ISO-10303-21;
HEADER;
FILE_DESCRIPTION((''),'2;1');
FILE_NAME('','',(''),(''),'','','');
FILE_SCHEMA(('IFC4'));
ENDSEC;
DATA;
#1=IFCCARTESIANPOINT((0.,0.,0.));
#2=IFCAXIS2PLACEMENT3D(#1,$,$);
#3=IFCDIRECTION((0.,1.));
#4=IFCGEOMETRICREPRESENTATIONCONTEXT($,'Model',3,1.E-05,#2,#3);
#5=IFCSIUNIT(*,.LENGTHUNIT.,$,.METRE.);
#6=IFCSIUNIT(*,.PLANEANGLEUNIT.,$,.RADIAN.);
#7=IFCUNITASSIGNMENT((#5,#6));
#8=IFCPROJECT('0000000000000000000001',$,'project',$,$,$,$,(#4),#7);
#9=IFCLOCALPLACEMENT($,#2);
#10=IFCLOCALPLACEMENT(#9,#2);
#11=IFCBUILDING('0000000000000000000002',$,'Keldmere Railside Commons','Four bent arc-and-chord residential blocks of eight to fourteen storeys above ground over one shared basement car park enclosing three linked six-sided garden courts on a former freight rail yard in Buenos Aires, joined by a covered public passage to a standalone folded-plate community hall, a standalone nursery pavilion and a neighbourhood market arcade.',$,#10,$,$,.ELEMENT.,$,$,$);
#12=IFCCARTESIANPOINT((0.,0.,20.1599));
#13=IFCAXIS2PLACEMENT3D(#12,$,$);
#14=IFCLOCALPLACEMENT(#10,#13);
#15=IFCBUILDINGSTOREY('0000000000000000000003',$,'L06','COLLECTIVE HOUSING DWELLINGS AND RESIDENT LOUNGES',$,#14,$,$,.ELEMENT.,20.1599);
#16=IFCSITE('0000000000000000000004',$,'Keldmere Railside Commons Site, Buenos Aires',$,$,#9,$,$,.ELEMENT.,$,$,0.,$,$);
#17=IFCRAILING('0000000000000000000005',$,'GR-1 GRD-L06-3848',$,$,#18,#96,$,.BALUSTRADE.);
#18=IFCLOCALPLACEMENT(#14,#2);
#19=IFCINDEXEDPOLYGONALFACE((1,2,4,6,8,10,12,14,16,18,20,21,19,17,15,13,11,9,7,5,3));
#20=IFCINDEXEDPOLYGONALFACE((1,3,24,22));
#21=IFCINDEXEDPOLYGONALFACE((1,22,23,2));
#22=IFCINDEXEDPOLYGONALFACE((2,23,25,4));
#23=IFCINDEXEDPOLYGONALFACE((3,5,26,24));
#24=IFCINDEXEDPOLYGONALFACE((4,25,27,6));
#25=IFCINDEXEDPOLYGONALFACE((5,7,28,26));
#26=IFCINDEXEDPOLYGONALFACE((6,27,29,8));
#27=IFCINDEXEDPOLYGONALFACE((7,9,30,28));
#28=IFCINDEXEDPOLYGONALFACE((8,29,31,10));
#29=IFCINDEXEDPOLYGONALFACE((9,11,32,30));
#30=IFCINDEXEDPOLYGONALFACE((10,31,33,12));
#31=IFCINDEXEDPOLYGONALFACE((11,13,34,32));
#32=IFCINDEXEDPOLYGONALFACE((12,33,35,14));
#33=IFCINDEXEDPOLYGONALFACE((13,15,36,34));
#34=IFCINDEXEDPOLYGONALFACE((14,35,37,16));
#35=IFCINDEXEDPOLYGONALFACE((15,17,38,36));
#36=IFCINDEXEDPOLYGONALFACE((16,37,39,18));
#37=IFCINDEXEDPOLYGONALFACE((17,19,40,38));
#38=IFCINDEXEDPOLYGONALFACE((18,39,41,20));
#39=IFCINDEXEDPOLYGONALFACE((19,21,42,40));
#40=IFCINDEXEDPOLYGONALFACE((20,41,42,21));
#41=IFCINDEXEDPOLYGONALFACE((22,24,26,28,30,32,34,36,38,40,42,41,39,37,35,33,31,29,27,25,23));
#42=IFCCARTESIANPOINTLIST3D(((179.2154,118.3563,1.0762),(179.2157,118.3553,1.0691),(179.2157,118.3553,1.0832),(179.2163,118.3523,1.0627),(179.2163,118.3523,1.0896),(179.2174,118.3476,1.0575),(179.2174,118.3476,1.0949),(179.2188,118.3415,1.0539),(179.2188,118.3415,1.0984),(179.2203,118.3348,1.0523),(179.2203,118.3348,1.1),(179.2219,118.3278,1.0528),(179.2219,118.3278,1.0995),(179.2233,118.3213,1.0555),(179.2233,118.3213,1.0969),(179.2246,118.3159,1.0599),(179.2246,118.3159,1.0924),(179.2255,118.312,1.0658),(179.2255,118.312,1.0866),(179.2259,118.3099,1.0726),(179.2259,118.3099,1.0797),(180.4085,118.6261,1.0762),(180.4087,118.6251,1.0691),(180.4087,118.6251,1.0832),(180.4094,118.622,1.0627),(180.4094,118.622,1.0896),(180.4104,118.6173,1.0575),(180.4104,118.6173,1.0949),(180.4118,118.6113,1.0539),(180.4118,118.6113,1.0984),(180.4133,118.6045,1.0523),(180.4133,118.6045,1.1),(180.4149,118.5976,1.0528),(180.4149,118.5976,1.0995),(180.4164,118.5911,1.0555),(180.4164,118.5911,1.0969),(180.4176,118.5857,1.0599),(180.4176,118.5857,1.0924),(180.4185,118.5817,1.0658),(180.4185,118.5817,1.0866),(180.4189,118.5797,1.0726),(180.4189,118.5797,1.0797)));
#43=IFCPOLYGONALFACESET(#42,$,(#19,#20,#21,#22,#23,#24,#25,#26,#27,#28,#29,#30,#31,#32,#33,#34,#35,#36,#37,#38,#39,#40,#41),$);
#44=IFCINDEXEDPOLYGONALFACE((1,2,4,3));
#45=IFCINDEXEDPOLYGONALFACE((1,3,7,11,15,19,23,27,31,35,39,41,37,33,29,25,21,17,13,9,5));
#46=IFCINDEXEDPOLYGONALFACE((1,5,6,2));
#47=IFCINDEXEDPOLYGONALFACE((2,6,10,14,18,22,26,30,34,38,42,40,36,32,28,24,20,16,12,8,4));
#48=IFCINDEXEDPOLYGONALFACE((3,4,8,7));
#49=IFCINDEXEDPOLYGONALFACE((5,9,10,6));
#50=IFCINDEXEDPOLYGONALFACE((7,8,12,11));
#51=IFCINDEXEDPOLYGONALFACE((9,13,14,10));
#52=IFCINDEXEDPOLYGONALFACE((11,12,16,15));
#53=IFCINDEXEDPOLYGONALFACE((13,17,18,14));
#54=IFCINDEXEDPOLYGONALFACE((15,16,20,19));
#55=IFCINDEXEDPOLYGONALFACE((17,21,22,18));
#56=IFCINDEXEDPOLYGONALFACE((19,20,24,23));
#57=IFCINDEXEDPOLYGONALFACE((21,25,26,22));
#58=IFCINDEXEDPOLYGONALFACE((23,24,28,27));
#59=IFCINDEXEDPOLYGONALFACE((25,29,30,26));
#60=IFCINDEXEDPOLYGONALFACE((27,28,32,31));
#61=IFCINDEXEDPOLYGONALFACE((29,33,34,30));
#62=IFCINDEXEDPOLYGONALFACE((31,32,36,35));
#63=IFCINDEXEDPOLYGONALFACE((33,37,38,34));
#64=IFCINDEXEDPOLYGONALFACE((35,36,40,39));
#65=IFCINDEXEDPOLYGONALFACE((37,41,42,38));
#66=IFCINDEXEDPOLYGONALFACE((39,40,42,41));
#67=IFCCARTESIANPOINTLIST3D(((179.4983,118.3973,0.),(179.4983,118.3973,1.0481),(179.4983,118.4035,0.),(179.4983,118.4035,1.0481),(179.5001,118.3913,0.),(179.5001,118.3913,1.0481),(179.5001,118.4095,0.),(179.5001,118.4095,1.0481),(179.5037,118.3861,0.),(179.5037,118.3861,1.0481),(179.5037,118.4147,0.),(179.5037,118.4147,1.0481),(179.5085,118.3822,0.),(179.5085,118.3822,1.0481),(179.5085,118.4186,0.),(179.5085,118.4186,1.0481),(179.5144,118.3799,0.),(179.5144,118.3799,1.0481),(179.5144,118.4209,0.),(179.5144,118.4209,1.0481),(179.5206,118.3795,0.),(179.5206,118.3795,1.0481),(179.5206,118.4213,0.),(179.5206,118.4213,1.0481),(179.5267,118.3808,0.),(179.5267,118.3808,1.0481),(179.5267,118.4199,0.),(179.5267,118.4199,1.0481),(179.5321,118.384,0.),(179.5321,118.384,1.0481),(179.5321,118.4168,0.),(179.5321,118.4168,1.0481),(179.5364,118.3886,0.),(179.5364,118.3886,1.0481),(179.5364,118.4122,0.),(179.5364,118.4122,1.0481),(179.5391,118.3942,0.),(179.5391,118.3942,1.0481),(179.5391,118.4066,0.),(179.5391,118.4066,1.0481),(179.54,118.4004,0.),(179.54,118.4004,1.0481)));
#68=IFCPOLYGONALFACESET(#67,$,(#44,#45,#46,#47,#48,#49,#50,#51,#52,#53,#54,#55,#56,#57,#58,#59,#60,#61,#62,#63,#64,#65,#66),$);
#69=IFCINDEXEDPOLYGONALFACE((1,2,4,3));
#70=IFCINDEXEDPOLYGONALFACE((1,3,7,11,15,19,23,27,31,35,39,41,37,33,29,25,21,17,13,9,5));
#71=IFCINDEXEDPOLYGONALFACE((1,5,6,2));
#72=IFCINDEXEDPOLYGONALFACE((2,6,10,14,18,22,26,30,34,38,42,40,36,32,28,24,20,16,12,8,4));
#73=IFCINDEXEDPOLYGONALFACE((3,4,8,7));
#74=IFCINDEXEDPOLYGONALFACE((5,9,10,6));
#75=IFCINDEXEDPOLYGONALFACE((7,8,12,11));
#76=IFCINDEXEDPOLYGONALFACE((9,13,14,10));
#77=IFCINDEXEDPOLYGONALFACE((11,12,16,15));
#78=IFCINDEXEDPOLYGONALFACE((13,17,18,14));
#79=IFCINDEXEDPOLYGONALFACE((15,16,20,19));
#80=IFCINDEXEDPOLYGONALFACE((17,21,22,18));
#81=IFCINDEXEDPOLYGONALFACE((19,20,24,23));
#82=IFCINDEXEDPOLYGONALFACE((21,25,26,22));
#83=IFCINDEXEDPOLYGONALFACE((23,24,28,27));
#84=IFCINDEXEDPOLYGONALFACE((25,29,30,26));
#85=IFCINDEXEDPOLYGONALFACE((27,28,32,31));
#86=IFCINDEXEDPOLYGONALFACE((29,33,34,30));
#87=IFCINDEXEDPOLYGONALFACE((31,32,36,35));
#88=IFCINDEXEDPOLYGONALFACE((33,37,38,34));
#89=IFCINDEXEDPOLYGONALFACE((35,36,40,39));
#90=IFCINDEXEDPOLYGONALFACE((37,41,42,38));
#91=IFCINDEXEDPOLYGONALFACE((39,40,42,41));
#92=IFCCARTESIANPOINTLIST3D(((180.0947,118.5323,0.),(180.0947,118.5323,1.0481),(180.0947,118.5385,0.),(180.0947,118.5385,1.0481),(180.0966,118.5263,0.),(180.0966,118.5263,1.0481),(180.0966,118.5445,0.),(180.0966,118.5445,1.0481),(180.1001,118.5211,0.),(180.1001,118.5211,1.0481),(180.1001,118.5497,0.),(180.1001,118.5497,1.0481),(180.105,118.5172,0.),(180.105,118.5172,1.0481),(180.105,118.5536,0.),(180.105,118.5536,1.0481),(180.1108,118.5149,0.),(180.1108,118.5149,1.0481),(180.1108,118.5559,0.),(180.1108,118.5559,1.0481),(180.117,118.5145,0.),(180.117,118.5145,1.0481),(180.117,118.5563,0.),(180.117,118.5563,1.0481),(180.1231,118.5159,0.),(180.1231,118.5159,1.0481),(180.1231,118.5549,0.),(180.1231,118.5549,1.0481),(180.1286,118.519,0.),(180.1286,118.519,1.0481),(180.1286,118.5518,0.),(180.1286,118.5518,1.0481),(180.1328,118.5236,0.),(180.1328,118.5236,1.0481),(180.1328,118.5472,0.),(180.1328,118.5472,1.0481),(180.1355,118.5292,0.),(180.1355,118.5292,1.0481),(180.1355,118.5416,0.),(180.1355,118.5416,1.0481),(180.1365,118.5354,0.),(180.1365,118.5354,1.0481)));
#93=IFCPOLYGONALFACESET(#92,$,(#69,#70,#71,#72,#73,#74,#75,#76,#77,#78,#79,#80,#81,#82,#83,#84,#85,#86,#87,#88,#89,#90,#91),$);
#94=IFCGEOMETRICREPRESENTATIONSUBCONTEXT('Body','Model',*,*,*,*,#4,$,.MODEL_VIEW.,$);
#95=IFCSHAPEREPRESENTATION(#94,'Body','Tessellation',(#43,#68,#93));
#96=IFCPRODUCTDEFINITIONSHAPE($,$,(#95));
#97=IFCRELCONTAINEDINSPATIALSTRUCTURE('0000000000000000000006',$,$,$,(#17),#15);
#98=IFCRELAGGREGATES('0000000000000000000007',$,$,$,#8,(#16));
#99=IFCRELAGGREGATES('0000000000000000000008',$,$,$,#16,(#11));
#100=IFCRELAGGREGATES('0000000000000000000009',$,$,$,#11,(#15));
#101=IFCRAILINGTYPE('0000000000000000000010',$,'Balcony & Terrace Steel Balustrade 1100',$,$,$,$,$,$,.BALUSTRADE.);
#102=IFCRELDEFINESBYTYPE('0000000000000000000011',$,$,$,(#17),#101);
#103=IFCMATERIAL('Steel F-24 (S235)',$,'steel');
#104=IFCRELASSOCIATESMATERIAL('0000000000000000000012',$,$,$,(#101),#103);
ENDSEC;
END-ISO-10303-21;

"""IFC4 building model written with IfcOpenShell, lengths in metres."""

from ifc_helpers import new_model, si_unit, direction, frame, origin, origin_2d, place, context, subcontext, project, spatial, circle, extrude, material, type_object, element, save


model = new_model("IFC4")

# Units and contexts
model_context = context("Model", 3, precision=1e-05, world=origin(), true_north=direction((0.0, 1.0)))
body_context = subcontext(model_context, "Body", "Model", "MODEL_VIEW")
ifc_project = project(units=[si_unit("LENGTHUNIT", "METRE"), si_unit("PLANEANGLEUNIT", "RADIAN")], contexts=[model_context])

# Site, building, storey
site_placement = place(None, origin())
site = spatial("IfcSite", under=ifc_project, at=site_placement, Name="Keldmere Railside Commons Site, Buenos Aires", CompositionType="ELEMENT", RefElevation=0.0)
building_placement = place(site_placement, origin())
building = spatial("IfcBuilding", under=site, at=building_placement, Name="Keldmere Railside Commons", Description="Four bent arc-and-chord residential blocks of eight to fourteen storeys above ground over one shared basement car park enclosing three linked six-sided garden courts on a former freight rail yard in Buenos Aires, joined by a covered public passage to a standalone folded-plate community hall, a standalone nursery pavilion and a neighbourhood market arcade.", CompositionType="ELEMENT")
storey_placement = place(building_placement, frame((0.0, 0.0, 20.1599)))
storey = spatial("IfcBuildingStorey", under=building, at=storey_placement, Name="L06", Description="COLLECTIVE HOUSING DWELLINGS AND RESIDENT LOUNGES", CompositionType="ELEMENT", Elevation=20.1599)

# Railing
ifc_material_1 = material(Name="Steel F-24 (S235)", Category="steel")
railing_type = type_object("IfcRailingType", Name="Balcony & Terrace Steel Balustrade 1100", PredefinedType="BALUSTRADE", material=ifc_material_1)
railing_1_placement = place(storey_placement, frame((179.2207, 118.333, 0.0)))
element("IfcRailing", 1, at=railing_1_placement, inside=storey, type_object=railing_type, Name="GR-1 GRD-L06-3848", PredefinedType="BALUSTRADE", context=body_context, shape_type="SweptSolid", body=[
    extrude(circle(Radius=0.0239, at=origin_2d()), frame((0.0, 0.0, 1.0762), z_axis=(0.975377, 0.220543, 0.0), x_axis=(-0.220543, 0.975377, 0.0)), (0.0, 0.0, 1.0), 1.2231),
    extrude(circle(Radius=0.021, at=origin_2d()), frame((0.2983, 0.0674, 0.0)), (0.0, 0.0, 1.0), 1.0481),
    extrude(circle(Radius=0.021, at=origin_2d()), frame((0.8948, 0.2024, 0.0)), (0.0, 0.0, 1.0), 1.0481),
])

save(model, "model.ifc")
